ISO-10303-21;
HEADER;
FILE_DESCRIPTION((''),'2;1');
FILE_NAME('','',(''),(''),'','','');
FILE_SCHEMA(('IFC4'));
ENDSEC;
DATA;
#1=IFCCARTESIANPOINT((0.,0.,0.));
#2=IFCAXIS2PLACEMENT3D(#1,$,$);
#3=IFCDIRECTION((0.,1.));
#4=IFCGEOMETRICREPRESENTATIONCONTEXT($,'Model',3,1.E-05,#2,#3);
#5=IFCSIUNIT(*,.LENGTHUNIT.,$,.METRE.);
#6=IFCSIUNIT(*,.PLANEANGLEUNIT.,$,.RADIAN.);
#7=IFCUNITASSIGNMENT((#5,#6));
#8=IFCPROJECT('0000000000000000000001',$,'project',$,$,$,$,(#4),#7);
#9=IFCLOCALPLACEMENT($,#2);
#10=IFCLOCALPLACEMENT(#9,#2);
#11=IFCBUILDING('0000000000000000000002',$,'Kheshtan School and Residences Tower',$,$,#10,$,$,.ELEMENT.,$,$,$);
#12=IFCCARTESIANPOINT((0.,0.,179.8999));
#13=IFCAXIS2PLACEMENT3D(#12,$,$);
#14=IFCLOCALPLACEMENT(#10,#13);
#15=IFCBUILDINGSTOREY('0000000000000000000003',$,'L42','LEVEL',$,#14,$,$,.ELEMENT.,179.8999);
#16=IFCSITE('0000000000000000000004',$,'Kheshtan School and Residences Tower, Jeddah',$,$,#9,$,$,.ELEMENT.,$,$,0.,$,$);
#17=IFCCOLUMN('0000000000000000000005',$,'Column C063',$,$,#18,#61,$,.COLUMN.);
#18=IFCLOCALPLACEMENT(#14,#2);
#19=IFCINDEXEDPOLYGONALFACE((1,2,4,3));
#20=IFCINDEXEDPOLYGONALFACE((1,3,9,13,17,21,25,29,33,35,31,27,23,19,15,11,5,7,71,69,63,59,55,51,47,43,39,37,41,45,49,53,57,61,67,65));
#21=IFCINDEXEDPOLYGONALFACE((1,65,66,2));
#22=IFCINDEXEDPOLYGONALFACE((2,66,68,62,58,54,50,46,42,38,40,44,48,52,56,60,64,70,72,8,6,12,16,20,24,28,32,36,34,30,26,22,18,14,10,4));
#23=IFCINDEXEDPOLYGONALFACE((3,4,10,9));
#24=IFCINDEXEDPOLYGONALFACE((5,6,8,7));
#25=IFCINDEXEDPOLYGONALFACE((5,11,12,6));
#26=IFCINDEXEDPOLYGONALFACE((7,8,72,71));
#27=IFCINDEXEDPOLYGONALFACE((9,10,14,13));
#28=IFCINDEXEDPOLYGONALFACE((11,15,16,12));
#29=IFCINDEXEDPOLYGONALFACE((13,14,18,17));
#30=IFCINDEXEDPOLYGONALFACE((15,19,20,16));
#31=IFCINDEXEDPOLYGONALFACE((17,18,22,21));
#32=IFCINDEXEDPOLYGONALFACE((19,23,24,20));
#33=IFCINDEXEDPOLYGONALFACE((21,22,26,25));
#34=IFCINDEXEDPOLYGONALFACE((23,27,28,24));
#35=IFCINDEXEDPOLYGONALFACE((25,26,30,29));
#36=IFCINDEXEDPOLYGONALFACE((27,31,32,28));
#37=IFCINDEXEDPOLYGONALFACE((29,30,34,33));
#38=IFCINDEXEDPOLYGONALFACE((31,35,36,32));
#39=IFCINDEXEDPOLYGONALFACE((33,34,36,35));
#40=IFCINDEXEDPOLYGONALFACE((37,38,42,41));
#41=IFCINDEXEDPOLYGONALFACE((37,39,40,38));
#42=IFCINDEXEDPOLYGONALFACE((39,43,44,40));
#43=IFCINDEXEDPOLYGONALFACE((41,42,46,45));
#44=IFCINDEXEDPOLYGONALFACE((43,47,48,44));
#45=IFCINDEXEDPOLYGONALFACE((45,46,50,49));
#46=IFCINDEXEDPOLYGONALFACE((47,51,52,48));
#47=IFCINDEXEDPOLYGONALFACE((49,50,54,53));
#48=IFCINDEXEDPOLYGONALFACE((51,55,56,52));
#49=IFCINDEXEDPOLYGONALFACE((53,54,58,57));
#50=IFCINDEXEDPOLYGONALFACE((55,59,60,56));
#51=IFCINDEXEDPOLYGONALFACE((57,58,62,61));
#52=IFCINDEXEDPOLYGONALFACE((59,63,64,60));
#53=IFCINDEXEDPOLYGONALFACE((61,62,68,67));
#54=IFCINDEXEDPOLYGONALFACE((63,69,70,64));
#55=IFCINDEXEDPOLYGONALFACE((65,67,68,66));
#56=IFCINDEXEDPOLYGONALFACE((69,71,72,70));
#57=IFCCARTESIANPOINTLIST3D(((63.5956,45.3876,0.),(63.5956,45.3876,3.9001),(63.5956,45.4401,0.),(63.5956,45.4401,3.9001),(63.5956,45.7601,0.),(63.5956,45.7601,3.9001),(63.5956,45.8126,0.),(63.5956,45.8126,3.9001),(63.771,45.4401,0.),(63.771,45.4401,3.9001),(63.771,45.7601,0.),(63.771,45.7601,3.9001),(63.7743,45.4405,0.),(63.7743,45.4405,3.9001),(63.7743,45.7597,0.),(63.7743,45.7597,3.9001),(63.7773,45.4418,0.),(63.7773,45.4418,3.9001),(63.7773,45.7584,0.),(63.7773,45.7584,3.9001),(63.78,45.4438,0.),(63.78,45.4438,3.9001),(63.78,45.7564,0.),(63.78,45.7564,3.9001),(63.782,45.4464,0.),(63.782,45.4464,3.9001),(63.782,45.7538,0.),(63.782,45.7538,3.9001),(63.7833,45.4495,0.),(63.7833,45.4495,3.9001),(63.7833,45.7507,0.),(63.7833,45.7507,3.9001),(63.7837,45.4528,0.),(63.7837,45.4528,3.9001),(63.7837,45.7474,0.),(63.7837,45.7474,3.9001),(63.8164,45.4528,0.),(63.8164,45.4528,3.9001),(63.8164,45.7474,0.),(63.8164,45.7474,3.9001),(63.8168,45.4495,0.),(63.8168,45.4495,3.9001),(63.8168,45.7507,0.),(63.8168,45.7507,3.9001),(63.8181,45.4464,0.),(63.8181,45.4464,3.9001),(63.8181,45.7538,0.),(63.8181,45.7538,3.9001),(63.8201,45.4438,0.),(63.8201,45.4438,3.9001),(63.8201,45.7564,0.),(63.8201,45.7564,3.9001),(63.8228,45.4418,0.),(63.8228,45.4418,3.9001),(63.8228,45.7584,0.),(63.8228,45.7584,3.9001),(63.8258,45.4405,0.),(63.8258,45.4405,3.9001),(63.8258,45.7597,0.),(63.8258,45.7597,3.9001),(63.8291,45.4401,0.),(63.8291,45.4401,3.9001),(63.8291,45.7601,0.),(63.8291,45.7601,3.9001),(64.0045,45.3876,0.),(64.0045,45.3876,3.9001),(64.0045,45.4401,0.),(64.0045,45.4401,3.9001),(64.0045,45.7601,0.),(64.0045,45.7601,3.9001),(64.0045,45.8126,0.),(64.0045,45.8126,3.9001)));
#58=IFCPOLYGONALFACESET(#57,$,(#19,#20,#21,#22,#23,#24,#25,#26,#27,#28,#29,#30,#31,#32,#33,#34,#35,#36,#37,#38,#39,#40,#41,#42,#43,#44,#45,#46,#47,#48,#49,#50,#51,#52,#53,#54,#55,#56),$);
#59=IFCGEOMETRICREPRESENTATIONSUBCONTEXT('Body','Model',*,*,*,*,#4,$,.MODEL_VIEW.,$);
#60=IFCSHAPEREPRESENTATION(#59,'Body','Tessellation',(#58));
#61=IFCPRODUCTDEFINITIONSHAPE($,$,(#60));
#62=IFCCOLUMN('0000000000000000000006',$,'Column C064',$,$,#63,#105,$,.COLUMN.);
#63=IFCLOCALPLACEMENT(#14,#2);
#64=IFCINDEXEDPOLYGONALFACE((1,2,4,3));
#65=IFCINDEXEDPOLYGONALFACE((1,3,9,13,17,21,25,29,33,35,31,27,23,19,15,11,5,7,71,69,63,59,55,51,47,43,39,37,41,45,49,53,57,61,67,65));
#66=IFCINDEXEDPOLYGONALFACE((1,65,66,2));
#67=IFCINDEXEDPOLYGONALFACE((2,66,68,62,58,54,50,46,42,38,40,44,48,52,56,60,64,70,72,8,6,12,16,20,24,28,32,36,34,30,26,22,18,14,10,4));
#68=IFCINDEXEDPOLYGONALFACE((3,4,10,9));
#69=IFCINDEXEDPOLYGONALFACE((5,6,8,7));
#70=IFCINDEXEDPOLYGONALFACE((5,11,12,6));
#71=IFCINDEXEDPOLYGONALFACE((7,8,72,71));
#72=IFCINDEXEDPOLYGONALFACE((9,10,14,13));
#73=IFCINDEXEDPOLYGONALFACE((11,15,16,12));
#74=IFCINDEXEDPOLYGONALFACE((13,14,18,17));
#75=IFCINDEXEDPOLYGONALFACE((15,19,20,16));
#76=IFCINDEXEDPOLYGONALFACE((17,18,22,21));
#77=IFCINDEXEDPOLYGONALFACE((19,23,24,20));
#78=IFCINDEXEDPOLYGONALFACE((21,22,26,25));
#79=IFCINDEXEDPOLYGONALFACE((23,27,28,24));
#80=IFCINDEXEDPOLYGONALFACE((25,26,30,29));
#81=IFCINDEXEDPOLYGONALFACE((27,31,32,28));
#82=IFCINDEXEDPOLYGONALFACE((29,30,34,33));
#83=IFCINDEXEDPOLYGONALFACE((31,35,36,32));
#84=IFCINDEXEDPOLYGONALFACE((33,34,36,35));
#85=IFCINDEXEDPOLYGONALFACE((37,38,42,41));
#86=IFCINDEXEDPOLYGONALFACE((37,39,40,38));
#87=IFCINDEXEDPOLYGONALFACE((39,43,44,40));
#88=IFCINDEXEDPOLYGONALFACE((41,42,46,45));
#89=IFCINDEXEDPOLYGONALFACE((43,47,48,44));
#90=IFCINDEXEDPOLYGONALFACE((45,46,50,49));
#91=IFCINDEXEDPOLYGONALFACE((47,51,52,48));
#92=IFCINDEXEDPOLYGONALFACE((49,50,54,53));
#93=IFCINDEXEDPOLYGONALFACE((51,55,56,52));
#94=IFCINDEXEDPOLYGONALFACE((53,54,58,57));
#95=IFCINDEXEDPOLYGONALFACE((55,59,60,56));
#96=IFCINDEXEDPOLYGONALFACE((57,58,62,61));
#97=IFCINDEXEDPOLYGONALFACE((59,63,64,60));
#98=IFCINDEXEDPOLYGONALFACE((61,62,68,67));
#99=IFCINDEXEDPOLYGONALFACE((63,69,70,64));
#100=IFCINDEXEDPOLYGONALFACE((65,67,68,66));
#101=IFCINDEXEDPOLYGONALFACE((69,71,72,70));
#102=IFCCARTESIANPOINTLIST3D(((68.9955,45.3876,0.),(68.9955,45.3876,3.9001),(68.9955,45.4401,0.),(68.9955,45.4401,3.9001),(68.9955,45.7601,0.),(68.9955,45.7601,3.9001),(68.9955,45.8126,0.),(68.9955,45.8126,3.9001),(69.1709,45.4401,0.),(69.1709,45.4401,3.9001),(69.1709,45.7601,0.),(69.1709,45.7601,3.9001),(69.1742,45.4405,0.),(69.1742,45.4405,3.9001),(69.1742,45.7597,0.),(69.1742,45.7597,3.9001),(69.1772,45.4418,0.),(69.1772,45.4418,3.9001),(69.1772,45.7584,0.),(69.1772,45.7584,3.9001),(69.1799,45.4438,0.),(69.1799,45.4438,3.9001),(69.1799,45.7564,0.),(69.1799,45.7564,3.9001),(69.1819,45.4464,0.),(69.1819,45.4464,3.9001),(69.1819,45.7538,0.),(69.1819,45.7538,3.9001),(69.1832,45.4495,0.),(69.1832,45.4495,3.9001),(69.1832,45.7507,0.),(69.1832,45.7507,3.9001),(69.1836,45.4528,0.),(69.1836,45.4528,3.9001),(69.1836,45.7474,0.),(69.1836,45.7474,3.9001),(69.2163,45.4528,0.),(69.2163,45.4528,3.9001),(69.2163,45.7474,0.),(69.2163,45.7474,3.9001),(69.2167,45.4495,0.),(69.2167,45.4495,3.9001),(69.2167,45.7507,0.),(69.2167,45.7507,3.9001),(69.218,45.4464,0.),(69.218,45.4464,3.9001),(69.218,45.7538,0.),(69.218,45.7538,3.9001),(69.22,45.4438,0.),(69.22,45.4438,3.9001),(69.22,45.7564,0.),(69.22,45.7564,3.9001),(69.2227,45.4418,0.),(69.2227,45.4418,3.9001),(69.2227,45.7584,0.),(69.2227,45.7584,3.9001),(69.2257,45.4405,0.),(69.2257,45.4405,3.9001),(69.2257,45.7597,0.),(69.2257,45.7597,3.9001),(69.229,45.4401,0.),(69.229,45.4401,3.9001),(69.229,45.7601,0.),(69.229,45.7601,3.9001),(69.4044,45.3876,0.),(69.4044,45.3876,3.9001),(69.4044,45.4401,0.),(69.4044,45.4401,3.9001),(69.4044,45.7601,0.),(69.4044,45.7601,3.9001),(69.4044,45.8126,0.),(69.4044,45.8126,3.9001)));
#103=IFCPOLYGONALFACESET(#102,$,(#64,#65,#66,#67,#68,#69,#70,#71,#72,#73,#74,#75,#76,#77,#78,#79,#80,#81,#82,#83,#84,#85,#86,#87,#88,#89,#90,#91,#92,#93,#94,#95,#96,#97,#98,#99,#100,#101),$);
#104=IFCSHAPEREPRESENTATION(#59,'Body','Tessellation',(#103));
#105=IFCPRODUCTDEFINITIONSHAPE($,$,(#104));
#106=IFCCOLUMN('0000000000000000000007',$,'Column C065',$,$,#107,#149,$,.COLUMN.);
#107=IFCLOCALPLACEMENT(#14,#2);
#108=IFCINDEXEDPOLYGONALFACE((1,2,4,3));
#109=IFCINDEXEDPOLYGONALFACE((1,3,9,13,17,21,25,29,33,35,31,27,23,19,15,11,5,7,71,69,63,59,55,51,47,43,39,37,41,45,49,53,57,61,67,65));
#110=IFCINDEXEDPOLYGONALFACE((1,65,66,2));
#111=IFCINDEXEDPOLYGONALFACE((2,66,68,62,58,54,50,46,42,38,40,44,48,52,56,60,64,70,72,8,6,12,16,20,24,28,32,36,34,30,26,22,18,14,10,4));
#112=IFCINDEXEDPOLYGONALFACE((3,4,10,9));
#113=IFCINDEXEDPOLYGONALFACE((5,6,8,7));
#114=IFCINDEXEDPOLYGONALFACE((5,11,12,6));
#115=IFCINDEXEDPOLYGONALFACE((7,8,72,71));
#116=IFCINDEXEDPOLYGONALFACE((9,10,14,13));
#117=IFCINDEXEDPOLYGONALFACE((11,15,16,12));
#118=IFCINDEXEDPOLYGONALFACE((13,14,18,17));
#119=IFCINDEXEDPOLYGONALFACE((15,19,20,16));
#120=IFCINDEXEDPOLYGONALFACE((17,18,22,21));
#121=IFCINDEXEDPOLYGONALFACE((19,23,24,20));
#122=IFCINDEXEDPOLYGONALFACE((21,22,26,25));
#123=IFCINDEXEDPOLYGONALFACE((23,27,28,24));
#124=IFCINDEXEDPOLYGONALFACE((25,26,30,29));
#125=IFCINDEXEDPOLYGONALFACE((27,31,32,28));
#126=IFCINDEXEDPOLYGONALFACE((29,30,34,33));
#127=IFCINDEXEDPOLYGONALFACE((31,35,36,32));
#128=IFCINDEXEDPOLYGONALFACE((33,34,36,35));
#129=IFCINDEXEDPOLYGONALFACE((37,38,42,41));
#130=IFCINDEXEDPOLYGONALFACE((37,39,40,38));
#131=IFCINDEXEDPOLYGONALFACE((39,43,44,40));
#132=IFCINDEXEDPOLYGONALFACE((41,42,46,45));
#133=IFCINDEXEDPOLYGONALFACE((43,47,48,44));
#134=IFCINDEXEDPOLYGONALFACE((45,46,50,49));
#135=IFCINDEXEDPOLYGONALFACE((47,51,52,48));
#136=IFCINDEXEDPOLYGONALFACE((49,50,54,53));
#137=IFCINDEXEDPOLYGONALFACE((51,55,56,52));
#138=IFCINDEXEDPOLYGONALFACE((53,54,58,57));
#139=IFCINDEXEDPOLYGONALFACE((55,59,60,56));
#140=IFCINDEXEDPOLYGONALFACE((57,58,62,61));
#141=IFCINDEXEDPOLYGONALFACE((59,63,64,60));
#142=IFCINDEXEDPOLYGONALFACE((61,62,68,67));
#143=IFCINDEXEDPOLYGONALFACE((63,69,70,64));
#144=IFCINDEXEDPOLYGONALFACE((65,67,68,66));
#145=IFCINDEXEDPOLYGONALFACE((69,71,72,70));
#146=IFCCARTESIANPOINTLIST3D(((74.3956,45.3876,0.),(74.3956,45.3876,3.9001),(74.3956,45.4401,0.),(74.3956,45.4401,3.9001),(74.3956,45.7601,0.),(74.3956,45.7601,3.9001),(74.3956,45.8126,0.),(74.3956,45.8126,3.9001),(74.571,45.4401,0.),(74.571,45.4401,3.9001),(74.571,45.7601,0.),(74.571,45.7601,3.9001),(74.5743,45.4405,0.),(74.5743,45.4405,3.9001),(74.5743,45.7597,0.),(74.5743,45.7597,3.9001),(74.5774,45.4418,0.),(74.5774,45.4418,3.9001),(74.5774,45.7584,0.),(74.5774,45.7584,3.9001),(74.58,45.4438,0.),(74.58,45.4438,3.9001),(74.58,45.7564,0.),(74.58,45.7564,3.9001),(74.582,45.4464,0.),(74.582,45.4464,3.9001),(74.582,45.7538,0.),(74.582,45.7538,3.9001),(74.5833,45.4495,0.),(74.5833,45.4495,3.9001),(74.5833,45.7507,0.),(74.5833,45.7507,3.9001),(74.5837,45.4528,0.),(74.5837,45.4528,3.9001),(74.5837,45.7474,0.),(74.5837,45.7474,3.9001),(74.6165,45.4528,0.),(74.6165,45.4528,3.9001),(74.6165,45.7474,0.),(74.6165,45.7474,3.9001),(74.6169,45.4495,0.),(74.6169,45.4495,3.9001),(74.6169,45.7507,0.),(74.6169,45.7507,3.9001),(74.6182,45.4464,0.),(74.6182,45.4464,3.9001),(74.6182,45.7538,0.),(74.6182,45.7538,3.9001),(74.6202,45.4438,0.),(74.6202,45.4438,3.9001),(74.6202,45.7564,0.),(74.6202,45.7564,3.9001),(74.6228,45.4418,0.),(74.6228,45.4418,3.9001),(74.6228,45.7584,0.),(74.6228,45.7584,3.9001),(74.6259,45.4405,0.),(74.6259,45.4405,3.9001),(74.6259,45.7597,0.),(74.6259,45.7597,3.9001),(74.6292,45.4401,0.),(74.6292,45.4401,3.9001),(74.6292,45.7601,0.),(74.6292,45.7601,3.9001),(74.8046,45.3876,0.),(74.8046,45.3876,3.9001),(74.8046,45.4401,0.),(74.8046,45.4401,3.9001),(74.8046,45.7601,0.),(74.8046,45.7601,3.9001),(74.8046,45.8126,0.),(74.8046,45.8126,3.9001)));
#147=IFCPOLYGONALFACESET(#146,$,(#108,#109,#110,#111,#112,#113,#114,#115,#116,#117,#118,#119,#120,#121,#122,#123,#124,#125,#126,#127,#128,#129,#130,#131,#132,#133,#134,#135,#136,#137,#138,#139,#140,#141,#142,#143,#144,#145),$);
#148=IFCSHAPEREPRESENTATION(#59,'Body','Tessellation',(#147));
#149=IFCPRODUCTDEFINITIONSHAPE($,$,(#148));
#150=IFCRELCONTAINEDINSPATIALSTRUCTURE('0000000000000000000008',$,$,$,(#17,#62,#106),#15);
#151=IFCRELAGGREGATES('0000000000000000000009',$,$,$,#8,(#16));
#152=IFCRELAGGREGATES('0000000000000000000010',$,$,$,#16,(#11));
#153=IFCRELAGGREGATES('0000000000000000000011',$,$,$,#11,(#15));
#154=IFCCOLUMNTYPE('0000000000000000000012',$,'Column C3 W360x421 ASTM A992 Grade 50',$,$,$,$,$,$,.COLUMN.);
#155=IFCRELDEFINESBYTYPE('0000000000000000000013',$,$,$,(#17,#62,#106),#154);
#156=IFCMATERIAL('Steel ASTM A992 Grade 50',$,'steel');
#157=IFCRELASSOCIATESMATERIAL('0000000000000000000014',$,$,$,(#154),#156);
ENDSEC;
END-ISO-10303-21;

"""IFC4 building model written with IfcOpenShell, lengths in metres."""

from ifc_helpers import new_model, si_unit, direction, frame, origin, origin_2d, place, context, subcontext, project, spatial, i_section, extrude, material, material_profile, profile_set, type_object, element, save


model = new_model("IFC4")

# Units and contexts
model_context = context("Model", 3, precision=1e-05, world=origin(), true_north=direction((0.0, 1.0)))
body_context = subcontext(model_context, "Body", "Model", "MODEL_VIEW")
ifc_project = project(units=[si_unit("LENGTHUNIT", "METRE"), si_unit("PLANEANGLEUNIT", "RADIAN")], contexts=[model_context])

# Site, building, storey
site_placement = place(None, origin())
site = spatial("IfcSite", under=ifc_project, at=site_placement, Name="Kheshtan School and Residences Tower, Jeddah", CompositionType="ELEMENT", RefElevation=0.0)
building_placement = place(site_placement, origin())
building = spatial("IfcBuilding", under=site, at=building_placement, Name="Kheshtan School and Residences Tower", CompositionType="ELEMENT")
storey_placement = place(building_placement, frame((0.0, 0.0, 179.8999)))
storey = spatial("IfcBuildingStorey", under=building, at=storey_placement, Name="L42", Description="LEVEL", CompositionType="ELEMENT", Elevation=179.8999)

# Columns
ifc_material_1 = material(Name="Steel ASTM A992 Grade 50", Category="steel")
ifc_material_profile_1 = material_profile(ifc_material_1, i_section(OverallWidth=0.4089, OverallDepth=0.425, WebThickness=0.0327, FlangeThickness=0.0525, FilletRadius=0.0127, at=origin_2d()), Name="W360x421")
ifc_profile_set_1 = profile_set([ifc_material_profile_1], Name="Steel ASTM A992 Grade 50")
column_type_1 = type_object("IfcColumnType", Name="Column C3 W360x421 ASTM A992 Grade 50", PredefinedType="COLUMN", material=ifc_profile_set_1)
for number, where, z_axis, x_axis, name in (
    (1, (63.8, 45.6001, 0.0), (0.0, 0.0, 1.0), (1.0, 0.0, 0.0), "Column C063"),
    (2, (69.2, 45.6001, 0.0), (0.0, 0.0, 1.0), (1.0, 0.0, 0.0), "Column C064"),
    (3, (74.6001, 45.6001, 0.0), (0.0, 0.0, 1.0), (1.0, 0.0, 0.0), "Column C065"),
):
    element("IfcColumn", number, at=place(storey_placement, frame(where, z_axis=z_axis, x_axis=x_axis)), inside=storey, type_object=column_type_1, Name=name, PredefinedType="COLUMN", context=body_context, shape_type="SweptSolid", body=[
        extrude(i_section(OverallWidth=0.4089, OverallDepth=0.425, WebThickness=0.0327, FlangeThickness=0.0525, FilletRadius=0.0127, at=origin_2d()), origin(), (0.0, 0.0, 1.0), 3.9001),
    ])

save(model, "model.ifc")
